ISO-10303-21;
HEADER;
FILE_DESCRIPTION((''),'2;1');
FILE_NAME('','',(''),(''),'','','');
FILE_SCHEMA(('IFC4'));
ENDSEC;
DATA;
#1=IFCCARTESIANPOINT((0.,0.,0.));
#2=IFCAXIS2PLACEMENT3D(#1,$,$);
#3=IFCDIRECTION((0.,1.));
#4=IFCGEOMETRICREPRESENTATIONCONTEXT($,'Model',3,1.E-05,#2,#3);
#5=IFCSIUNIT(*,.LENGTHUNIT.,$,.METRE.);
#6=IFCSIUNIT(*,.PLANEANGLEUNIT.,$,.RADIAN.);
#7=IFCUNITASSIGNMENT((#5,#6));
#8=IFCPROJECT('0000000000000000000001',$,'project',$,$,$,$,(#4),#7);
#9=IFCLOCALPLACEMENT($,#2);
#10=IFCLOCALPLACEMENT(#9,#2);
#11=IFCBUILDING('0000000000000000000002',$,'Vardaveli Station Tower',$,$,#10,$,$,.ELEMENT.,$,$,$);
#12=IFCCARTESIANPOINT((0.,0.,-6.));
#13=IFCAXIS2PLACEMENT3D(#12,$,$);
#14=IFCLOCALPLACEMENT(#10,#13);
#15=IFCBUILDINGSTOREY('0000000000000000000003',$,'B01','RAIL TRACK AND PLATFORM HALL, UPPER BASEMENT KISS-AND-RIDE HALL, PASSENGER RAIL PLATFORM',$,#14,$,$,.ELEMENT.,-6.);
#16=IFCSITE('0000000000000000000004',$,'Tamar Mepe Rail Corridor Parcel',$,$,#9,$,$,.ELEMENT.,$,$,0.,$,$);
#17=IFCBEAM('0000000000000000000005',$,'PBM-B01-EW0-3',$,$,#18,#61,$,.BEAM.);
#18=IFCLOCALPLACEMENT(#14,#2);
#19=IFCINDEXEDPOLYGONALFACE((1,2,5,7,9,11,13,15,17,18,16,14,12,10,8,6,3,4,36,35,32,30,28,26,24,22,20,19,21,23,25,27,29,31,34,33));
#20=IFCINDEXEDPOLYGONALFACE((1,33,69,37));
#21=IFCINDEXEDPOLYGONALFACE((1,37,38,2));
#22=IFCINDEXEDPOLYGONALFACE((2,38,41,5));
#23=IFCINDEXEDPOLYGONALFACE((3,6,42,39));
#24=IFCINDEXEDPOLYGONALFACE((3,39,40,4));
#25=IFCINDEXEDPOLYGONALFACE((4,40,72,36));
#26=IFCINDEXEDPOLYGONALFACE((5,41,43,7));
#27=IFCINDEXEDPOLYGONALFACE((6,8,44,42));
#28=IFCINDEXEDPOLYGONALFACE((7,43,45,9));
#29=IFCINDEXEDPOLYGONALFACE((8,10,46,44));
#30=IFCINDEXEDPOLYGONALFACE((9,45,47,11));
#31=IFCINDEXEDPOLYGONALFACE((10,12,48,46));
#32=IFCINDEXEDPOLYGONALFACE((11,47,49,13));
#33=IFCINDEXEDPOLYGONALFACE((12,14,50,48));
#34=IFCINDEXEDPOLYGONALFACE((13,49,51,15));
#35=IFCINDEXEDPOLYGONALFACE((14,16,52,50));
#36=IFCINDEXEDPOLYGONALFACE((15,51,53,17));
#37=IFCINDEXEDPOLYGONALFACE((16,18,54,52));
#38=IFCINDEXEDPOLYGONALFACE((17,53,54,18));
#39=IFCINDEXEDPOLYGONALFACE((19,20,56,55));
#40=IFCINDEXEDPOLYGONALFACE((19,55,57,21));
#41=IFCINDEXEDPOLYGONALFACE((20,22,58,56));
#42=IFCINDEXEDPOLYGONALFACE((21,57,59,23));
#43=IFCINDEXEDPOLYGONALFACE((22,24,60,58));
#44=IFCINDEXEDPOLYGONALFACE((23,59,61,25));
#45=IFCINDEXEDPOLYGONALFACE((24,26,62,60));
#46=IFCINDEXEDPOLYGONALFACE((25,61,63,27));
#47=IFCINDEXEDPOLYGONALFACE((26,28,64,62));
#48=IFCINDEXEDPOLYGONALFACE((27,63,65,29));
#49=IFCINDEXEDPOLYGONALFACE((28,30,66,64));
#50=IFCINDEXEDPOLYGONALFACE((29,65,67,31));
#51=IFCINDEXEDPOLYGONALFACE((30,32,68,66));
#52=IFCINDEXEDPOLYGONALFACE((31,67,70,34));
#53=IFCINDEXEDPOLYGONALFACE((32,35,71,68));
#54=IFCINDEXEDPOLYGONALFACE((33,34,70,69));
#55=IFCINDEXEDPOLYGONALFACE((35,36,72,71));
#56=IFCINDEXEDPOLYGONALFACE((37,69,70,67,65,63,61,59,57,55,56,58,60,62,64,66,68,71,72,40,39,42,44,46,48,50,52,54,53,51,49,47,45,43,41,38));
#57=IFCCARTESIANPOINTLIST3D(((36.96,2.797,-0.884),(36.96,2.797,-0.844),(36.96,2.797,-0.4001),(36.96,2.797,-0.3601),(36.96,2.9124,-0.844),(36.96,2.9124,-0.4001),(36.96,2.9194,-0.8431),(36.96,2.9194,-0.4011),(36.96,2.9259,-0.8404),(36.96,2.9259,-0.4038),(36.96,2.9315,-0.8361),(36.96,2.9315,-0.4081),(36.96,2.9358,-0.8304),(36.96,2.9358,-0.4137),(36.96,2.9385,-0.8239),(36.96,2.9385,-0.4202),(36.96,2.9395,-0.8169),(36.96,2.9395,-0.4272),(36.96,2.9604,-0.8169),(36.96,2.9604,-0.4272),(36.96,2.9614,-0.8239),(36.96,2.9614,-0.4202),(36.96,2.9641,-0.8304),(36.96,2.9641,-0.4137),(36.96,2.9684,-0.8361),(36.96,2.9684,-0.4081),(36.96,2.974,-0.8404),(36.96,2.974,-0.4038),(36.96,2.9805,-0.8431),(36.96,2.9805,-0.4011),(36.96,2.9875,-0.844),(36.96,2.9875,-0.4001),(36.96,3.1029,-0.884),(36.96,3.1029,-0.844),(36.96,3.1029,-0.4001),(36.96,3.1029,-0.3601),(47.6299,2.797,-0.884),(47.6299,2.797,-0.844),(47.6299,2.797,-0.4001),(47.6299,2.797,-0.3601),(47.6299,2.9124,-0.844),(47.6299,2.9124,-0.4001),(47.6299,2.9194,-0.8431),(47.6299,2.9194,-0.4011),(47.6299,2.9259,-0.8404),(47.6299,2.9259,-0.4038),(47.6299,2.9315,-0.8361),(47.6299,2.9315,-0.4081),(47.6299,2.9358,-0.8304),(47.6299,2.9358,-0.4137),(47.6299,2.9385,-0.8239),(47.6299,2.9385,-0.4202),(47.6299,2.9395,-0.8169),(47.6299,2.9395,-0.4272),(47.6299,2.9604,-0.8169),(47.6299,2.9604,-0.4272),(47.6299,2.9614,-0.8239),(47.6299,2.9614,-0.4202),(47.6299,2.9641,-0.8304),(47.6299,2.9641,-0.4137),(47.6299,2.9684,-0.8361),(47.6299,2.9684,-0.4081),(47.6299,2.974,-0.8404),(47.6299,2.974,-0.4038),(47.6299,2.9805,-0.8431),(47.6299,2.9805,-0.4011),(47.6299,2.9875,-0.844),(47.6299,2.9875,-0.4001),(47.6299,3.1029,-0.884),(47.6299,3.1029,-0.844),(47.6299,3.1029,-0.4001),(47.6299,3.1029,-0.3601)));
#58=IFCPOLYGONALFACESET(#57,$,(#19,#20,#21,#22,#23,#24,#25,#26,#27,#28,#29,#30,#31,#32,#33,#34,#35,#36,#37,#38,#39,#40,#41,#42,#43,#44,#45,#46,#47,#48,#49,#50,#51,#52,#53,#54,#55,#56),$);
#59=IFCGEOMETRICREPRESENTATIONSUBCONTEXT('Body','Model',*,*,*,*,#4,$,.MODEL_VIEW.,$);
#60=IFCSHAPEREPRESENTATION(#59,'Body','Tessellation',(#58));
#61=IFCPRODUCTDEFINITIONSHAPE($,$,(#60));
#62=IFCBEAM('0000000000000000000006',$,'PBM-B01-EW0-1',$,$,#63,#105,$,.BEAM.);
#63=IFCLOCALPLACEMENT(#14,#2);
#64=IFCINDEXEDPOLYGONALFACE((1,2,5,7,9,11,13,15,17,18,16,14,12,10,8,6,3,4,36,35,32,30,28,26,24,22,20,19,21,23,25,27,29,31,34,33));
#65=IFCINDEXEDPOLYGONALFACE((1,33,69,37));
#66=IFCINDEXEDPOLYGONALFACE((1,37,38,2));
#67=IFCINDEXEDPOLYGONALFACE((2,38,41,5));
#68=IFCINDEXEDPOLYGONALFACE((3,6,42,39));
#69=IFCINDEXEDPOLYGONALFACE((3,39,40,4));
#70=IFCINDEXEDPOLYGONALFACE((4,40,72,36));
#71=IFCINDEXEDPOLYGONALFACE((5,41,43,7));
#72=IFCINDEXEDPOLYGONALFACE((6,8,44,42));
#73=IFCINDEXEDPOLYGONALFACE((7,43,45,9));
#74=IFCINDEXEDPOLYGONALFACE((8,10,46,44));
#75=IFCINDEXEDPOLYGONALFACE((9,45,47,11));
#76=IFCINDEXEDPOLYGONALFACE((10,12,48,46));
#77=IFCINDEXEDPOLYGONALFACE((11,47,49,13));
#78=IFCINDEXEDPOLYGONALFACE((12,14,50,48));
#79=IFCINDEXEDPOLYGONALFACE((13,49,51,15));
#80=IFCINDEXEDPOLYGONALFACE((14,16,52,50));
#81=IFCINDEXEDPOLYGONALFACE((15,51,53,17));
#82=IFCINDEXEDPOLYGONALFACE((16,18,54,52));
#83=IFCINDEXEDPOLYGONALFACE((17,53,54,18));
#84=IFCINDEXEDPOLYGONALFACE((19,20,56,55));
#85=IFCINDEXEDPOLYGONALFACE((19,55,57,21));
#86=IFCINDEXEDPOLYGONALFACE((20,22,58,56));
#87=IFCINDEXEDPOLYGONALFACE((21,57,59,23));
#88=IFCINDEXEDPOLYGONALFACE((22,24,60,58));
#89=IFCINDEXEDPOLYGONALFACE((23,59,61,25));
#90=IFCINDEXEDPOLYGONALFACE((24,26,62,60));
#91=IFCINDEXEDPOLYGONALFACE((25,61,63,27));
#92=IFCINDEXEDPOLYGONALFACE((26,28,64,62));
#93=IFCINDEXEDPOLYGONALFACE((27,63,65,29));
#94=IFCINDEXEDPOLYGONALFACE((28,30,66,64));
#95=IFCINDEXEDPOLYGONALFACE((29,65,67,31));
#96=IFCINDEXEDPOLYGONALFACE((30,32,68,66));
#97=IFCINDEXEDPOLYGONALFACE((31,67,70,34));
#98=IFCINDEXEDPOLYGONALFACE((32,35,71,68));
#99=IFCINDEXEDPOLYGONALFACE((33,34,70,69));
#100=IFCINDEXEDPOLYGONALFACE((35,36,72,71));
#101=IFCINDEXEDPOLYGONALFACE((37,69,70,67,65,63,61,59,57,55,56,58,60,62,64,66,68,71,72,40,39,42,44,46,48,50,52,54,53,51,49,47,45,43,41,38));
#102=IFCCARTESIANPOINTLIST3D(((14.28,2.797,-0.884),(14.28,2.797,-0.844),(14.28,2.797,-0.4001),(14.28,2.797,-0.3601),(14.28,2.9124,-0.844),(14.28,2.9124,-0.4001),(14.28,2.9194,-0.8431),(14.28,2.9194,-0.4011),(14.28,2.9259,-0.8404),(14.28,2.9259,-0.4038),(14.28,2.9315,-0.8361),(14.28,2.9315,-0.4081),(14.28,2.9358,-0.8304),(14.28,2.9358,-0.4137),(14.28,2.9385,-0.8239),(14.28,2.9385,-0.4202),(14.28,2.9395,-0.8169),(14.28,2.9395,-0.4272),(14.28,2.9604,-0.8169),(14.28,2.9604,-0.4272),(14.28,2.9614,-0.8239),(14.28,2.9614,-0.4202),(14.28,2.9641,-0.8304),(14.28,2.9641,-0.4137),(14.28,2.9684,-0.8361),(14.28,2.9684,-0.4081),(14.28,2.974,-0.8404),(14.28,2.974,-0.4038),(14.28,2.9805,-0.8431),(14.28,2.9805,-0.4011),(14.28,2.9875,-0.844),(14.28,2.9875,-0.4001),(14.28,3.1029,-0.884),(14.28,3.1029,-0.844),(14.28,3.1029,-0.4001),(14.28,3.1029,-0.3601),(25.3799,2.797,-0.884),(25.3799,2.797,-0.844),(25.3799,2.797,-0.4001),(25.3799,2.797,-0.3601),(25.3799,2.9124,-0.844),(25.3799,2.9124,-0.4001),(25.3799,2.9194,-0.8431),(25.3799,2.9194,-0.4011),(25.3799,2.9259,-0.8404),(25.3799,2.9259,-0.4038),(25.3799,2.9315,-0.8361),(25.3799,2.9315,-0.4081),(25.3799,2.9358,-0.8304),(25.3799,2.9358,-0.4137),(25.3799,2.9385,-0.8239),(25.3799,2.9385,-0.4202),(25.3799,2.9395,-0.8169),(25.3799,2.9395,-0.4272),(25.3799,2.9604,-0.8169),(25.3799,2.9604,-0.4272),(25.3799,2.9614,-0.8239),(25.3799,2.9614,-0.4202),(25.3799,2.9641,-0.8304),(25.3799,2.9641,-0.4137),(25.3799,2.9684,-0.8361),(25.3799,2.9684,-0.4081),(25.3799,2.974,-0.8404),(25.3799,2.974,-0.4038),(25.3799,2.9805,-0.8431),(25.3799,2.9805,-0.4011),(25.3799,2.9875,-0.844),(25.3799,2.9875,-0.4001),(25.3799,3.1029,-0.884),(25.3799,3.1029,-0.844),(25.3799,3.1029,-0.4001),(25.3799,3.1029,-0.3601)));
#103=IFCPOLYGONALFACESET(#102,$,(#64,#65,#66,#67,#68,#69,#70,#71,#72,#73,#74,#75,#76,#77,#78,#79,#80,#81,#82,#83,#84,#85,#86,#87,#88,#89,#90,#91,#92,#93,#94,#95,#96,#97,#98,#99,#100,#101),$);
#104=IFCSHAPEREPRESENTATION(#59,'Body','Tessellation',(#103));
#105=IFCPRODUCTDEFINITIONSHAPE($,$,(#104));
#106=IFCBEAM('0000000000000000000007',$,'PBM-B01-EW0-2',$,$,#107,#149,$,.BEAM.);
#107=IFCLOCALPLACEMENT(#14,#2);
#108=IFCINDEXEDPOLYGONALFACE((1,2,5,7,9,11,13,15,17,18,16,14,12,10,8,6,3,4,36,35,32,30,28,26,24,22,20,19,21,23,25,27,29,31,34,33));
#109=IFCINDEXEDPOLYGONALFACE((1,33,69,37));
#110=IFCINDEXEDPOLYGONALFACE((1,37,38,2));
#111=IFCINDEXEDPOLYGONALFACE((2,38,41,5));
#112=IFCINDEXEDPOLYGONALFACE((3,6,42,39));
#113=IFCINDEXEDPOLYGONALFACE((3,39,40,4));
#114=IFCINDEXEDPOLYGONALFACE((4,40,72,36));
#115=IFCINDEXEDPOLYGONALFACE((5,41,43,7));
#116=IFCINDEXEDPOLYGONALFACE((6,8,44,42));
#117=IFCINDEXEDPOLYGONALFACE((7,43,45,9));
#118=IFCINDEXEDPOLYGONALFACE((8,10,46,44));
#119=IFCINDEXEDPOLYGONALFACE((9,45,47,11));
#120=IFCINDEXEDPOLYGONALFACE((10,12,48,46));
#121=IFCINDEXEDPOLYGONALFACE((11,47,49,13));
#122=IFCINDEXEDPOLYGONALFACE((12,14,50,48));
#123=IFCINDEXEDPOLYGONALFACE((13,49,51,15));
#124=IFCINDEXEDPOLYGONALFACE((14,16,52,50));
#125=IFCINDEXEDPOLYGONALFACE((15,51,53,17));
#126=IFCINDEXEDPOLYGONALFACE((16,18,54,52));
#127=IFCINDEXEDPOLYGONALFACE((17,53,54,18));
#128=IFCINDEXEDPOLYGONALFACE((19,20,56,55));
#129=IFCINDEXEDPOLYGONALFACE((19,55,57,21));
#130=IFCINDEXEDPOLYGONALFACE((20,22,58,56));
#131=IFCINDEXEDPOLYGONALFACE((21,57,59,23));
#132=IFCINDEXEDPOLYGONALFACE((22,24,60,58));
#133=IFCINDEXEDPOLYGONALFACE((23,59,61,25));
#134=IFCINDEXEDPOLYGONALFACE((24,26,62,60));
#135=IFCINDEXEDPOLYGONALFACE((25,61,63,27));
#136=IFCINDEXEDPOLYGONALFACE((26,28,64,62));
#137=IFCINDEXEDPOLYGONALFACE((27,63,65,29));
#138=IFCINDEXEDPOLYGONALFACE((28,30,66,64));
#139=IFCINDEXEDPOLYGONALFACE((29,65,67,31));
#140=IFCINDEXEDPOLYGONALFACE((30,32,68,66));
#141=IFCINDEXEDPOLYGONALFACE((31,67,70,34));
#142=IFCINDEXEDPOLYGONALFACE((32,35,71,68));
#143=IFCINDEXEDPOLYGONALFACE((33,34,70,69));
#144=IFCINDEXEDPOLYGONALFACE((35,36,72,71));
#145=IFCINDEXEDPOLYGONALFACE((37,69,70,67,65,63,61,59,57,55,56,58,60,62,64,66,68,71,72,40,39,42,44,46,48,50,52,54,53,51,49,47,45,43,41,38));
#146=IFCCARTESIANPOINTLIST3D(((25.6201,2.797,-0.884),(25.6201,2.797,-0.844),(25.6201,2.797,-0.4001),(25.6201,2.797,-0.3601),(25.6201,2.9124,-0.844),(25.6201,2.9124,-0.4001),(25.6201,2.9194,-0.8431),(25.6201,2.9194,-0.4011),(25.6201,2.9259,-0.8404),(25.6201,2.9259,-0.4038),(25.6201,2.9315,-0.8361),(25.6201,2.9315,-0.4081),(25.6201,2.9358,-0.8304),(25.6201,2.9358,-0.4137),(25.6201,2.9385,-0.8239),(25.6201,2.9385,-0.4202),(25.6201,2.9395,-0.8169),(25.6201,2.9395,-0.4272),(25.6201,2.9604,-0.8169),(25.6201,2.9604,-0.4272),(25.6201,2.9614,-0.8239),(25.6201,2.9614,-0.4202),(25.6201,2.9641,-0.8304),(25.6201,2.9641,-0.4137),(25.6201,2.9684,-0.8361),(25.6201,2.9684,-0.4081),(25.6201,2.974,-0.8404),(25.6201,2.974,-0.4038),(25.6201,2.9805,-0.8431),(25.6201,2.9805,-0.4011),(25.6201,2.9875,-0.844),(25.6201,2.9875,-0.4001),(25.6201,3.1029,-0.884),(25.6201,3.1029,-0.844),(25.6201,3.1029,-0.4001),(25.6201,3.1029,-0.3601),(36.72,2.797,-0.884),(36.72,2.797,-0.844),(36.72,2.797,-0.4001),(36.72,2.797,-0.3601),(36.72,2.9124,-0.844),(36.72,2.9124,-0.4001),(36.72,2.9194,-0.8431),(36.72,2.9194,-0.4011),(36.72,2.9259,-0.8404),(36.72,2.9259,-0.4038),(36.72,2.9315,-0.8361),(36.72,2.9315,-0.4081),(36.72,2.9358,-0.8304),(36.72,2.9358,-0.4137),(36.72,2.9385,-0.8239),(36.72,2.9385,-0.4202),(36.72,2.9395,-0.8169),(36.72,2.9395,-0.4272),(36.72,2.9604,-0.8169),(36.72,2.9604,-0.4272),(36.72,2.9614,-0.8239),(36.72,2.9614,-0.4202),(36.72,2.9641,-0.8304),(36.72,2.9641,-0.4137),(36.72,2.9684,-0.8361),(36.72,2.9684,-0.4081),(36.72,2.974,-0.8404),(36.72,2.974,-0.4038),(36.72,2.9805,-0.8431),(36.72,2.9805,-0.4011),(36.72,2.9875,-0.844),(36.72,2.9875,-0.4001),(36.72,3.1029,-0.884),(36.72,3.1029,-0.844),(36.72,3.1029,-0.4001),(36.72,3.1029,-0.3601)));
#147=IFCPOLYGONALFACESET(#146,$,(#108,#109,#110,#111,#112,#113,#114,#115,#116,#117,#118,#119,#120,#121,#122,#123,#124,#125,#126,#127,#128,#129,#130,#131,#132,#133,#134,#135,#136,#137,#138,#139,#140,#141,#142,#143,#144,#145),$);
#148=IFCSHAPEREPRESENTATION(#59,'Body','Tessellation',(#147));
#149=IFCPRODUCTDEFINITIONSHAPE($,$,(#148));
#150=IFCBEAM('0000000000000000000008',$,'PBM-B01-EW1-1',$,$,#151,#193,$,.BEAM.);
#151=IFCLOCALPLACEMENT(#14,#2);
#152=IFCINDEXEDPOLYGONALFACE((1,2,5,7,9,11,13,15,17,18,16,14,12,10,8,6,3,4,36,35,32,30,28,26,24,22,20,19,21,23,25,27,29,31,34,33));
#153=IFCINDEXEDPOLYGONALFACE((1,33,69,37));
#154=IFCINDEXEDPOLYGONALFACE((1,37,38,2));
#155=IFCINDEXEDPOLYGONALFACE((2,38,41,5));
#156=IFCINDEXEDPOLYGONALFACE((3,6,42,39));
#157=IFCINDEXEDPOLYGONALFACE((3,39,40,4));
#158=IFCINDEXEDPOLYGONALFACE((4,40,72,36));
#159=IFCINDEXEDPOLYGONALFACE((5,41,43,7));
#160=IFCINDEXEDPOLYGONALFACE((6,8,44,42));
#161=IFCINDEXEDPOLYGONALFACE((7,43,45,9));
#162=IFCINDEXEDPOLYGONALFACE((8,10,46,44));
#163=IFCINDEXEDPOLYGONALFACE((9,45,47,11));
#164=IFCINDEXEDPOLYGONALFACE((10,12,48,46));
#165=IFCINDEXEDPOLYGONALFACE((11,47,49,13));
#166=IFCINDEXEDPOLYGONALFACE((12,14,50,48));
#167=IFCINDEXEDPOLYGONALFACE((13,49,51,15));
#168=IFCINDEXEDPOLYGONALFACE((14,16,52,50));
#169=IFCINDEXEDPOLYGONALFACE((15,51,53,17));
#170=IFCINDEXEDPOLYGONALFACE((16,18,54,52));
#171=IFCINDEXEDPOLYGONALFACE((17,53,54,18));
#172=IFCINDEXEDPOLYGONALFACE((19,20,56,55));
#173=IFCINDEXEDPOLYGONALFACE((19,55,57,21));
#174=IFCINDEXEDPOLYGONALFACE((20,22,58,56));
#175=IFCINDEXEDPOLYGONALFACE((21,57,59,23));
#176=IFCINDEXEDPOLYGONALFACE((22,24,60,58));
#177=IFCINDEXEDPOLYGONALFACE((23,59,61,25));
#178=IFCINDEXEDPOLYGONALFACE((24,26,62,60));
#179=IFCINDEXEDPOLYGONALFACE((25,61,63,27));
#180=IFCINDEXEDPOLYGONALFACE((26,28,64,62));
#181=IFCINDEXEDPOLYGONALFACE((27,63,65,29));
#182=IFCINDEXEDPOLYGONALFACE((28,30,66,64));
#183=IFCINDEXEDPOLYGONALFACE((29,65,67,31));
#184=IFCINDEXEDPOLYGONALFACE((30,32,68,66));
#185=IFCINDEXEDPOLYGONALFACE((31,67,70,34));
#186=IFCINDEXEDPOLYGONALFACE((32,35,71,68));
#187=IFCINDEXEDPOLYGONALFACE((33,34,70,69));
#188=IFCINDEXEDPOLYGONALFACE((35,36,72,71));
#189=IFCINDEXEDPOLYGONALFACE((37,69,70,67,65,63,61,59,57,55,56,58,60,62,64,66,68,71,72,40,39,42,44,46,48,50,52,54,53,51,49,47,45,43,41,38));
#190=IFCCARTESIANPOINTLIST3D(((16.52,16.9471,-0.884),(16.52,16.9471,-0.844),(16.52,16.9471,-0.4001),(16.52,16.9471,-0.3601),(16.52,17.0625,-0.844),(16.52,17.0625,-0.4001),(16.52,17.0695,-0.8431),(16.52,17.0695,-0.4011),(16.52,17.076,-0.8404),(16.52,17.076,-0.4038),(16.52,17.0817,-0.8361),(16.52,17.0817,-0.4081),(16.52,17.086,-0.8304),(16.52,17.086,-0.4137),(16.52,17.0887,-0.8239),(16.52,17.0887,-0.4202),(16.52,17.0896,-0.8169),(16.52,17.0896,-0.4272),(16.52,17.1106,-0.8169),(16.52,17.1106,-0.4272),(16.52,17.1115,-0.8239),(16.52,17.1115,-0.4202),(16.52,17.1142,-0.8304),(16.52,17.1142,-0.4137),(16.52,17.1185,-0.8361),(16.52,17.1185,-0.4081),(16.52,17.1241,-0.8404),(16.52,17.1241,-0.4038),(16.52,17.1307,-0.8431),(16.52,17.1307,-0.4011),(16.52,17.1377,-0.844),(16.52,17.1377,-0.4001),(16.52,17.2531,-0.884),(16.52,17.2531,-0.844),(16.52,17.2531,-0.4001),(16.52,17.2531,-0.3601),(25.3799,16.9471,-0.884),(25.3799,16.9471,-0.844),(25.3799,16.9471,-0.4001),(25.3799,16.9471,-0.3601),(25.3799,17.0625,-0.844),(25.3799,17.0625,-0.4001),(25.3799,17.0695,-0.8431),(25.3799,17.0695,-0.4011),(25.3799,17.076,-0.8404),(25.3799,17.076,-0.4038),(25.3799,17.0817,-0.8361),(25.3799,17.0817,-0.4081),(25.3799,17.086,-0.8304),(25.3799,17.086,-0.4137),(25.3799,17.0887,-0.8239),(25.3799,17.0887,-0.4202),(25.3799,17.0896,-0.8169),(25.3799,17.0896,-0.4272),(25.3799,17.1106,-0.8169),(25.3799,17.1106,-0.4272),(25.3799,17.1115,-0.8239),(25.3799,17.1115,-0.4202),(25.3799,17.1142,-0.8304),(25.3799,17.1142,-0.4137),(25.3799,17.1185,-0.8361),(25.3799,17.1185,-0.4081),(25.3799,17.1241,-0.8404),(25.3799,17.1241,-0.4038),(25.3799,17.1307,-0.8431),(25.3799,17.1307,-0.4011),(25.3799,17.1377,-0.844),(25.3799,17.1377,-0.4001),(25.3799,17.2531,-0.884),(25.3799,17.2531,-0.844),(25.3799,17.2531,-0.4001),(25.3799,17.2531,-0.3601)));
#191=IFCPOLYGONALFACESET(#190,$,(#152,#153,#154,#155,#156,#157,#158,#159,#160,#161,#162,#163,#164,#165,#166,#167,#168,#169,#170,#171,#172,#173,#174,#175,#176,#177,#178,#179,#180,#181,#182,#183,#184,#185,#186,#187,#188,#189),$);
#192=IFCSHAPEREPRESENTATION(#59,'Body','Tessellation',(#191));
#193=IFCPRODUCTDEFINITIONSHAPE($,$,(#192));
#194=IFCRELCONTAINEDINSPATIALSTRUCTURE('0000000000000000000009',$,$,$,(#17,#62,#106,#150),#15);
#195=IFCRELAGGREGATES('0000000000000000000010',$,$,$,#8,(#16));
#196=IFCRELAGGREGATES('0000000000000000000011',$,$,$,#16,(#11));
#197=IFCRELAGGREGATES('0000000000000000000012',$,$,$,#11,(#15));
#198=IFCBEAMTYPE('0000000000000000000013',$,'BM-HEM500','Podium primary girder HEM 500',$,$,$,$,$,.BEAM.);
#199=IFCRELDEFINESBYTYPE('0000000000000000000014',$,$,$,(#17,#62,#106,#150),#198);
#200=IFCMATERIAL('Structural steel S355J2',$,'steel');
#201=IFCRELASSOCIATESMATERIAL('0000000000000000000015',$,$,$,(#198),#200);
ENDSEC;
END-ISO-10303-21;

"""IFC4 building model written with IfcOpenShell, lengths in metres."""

from ifc_helpers import new_model, si_unit, direction, frame, origin, origin_2d, place, context, subcontext, project, spatial, i_section, extrude, source, transform, mapped, material, material_profile, profile_set, type_object, element, save


model = new_model("IFC4")

# Units and contexts
model_context = context("Model", 3, precision=1e-05, world=origin(), true_north=direction((0.0, 1.0)))
body_context = subcontext(model_context, "Body", "Model", "MODEL_VIEW")
ifc_project = project(units=[si_unit("LENGTHUNIT", "METRE"), si_unit("PLANEANGLEUNIT", "RADIAN")], contexts=[model_context])

# Site, building, storey
site_placement = place(None, origin())
site = spatial("IfcSite", under=ifc_project, at=site_placement, Name="Tamar Mepe Rail Corridor Parcel", CompositionType="ELEMENT", RefElevation=0.0)
building_placement = place(site_placement, origin())
building = spatial("IfcBuilding", under=site, at=building_placement, Name="Vardaveli Station Tower", CompositionType="ELEMENT")
storey_placement = place(building_placement, frame((0.0, 0.0, -6.0)))
storey = spatial("IfcBuildingStorey", under=building, at=storey_placement, Name="B01", Description="RAIL TRACK AND PLATFORM HALL, UPPER BASEMENT KISS-AND-RIDE HALL, PASSENGER RAIL PLATFORM", CompositionType="ELEMENT", Elevation=-6.0)

# Beams
ifc_material_1 = material(Name="Structural steel S355J2", Category="steel")
ifc_material_profile_1 = material_profile(ifc_material_1, i_section(OverallWidth=0.3059, OverallDepth=0.5239, WebThickness=0.021, FlangeThickness=0.04, FilletRadius=0.0271, at=origin_2d()), Name="HEM 500")
ifc_profile_set_1 = profile_set([ifc_material_profile_1], Name="Structural steel S355J2")
beam_type_1 = type_object("IfcBeamType", Name="BM-HEM500", Description="Podium primary girder HEM 500", PredefinedType="BEAM", material=ifc_profile_set_1)
shared_shape_1 = source(origin(), body_context, "Body", "SweptSolid", [
    extrude(i_section(OverallWidth=0.3059, OverallDepth=0.5239, WebThickness=0.021, FlangeThickness=0.04, FilletRadius=0.0271, at=origin_2d()), origin(), (0.0, 0.0, 1.0), 10.6699),
])
beam_1_placement = place(storey_placement, frame((36.96, 2.95, -0.6221), z_axis=(1.0, 0.0, 0.0), x_axis=(0.0, 1.0, 0.0)))
element("IfcBeam", 1, at=beam_1_placement, inside=storey, type_object=beam_type_1, Name="PBM-B01-EW0-3", PredefinedType="BEAM", context=body_context, shape_type="MappedRepresentation", body=[
    mapped(shared_shape_1, transform((0.0, 0.0, 0.0), scale=1.0)),
])
shared_shape_2 = source(origin(), body_context, "Body", "SweptSolid", [
    extrude(i_section(OverallWidth=0.3059, OverallDepth=0.5239, WebThickness=0.021, FlangeThickness=0.04, FilletRadius=0.0271, at=origin_2d()), origin(), (0.0, 0.0, 1.0), 11.0999),
])
for number, where, z_axis, x_axis, name in (
    (2, (14.28, 2.95, -0.6221), (1.0, 0.0, 0.0), (0.0, 1.0, 0.0), "PBM-B01-EW0-1"),
    (3, (25.6201, 2.95, -0.6221), (1.0, 0.0, 0.0), (0.0, 1.0, 0.0), "PBM-B01-EW0-2"),
):
    element("IfcBeam", number, at=place(storey_placement, frame(where, z_axis=z_axis, x_axis=x_axis)), inside=storey, type_object=beam_type_1, Name=name, PredefinedType="BEAM", context=body_context, shape_type="MappedRepresentation", body=[
        mapped(shared_shape_2, transform((0.0, 0.0, 0.0), scale=1.0)),
    ])
shared_shape_3 = source(origin(), body_context, "Body", "SweptSolid", [
    extrude(i_section(OverallWidth=0.3059, OverallDepth=0.5239, WebThickness=0.021, FlangeThickness=0.04, FilletRadius=0.0271, at=origin_2d()), origin(), (0.0, 0.0, 1.0), 8.8599),
])
beam_2_placement = place(storey_placement, frame((16.52, 17.1001, -0.6221), z_axis=(1.0, 0.0, 0.0), x_axis=(0.0, 1.0, 0.0)))
element("IfcBeam", 4, at=beam_2_placement, inside=storey, type_object=beam_type_1, Name="PBM-B01-EW1-1", PredefinedType="BEAM", context=body_context, shape_type="MappedRepresentation", body=[
    mapped(shared_shape_3, transform((0.0, 0.0, 0.0), scale=1.0)),
])

save(model, "model.ifc")
